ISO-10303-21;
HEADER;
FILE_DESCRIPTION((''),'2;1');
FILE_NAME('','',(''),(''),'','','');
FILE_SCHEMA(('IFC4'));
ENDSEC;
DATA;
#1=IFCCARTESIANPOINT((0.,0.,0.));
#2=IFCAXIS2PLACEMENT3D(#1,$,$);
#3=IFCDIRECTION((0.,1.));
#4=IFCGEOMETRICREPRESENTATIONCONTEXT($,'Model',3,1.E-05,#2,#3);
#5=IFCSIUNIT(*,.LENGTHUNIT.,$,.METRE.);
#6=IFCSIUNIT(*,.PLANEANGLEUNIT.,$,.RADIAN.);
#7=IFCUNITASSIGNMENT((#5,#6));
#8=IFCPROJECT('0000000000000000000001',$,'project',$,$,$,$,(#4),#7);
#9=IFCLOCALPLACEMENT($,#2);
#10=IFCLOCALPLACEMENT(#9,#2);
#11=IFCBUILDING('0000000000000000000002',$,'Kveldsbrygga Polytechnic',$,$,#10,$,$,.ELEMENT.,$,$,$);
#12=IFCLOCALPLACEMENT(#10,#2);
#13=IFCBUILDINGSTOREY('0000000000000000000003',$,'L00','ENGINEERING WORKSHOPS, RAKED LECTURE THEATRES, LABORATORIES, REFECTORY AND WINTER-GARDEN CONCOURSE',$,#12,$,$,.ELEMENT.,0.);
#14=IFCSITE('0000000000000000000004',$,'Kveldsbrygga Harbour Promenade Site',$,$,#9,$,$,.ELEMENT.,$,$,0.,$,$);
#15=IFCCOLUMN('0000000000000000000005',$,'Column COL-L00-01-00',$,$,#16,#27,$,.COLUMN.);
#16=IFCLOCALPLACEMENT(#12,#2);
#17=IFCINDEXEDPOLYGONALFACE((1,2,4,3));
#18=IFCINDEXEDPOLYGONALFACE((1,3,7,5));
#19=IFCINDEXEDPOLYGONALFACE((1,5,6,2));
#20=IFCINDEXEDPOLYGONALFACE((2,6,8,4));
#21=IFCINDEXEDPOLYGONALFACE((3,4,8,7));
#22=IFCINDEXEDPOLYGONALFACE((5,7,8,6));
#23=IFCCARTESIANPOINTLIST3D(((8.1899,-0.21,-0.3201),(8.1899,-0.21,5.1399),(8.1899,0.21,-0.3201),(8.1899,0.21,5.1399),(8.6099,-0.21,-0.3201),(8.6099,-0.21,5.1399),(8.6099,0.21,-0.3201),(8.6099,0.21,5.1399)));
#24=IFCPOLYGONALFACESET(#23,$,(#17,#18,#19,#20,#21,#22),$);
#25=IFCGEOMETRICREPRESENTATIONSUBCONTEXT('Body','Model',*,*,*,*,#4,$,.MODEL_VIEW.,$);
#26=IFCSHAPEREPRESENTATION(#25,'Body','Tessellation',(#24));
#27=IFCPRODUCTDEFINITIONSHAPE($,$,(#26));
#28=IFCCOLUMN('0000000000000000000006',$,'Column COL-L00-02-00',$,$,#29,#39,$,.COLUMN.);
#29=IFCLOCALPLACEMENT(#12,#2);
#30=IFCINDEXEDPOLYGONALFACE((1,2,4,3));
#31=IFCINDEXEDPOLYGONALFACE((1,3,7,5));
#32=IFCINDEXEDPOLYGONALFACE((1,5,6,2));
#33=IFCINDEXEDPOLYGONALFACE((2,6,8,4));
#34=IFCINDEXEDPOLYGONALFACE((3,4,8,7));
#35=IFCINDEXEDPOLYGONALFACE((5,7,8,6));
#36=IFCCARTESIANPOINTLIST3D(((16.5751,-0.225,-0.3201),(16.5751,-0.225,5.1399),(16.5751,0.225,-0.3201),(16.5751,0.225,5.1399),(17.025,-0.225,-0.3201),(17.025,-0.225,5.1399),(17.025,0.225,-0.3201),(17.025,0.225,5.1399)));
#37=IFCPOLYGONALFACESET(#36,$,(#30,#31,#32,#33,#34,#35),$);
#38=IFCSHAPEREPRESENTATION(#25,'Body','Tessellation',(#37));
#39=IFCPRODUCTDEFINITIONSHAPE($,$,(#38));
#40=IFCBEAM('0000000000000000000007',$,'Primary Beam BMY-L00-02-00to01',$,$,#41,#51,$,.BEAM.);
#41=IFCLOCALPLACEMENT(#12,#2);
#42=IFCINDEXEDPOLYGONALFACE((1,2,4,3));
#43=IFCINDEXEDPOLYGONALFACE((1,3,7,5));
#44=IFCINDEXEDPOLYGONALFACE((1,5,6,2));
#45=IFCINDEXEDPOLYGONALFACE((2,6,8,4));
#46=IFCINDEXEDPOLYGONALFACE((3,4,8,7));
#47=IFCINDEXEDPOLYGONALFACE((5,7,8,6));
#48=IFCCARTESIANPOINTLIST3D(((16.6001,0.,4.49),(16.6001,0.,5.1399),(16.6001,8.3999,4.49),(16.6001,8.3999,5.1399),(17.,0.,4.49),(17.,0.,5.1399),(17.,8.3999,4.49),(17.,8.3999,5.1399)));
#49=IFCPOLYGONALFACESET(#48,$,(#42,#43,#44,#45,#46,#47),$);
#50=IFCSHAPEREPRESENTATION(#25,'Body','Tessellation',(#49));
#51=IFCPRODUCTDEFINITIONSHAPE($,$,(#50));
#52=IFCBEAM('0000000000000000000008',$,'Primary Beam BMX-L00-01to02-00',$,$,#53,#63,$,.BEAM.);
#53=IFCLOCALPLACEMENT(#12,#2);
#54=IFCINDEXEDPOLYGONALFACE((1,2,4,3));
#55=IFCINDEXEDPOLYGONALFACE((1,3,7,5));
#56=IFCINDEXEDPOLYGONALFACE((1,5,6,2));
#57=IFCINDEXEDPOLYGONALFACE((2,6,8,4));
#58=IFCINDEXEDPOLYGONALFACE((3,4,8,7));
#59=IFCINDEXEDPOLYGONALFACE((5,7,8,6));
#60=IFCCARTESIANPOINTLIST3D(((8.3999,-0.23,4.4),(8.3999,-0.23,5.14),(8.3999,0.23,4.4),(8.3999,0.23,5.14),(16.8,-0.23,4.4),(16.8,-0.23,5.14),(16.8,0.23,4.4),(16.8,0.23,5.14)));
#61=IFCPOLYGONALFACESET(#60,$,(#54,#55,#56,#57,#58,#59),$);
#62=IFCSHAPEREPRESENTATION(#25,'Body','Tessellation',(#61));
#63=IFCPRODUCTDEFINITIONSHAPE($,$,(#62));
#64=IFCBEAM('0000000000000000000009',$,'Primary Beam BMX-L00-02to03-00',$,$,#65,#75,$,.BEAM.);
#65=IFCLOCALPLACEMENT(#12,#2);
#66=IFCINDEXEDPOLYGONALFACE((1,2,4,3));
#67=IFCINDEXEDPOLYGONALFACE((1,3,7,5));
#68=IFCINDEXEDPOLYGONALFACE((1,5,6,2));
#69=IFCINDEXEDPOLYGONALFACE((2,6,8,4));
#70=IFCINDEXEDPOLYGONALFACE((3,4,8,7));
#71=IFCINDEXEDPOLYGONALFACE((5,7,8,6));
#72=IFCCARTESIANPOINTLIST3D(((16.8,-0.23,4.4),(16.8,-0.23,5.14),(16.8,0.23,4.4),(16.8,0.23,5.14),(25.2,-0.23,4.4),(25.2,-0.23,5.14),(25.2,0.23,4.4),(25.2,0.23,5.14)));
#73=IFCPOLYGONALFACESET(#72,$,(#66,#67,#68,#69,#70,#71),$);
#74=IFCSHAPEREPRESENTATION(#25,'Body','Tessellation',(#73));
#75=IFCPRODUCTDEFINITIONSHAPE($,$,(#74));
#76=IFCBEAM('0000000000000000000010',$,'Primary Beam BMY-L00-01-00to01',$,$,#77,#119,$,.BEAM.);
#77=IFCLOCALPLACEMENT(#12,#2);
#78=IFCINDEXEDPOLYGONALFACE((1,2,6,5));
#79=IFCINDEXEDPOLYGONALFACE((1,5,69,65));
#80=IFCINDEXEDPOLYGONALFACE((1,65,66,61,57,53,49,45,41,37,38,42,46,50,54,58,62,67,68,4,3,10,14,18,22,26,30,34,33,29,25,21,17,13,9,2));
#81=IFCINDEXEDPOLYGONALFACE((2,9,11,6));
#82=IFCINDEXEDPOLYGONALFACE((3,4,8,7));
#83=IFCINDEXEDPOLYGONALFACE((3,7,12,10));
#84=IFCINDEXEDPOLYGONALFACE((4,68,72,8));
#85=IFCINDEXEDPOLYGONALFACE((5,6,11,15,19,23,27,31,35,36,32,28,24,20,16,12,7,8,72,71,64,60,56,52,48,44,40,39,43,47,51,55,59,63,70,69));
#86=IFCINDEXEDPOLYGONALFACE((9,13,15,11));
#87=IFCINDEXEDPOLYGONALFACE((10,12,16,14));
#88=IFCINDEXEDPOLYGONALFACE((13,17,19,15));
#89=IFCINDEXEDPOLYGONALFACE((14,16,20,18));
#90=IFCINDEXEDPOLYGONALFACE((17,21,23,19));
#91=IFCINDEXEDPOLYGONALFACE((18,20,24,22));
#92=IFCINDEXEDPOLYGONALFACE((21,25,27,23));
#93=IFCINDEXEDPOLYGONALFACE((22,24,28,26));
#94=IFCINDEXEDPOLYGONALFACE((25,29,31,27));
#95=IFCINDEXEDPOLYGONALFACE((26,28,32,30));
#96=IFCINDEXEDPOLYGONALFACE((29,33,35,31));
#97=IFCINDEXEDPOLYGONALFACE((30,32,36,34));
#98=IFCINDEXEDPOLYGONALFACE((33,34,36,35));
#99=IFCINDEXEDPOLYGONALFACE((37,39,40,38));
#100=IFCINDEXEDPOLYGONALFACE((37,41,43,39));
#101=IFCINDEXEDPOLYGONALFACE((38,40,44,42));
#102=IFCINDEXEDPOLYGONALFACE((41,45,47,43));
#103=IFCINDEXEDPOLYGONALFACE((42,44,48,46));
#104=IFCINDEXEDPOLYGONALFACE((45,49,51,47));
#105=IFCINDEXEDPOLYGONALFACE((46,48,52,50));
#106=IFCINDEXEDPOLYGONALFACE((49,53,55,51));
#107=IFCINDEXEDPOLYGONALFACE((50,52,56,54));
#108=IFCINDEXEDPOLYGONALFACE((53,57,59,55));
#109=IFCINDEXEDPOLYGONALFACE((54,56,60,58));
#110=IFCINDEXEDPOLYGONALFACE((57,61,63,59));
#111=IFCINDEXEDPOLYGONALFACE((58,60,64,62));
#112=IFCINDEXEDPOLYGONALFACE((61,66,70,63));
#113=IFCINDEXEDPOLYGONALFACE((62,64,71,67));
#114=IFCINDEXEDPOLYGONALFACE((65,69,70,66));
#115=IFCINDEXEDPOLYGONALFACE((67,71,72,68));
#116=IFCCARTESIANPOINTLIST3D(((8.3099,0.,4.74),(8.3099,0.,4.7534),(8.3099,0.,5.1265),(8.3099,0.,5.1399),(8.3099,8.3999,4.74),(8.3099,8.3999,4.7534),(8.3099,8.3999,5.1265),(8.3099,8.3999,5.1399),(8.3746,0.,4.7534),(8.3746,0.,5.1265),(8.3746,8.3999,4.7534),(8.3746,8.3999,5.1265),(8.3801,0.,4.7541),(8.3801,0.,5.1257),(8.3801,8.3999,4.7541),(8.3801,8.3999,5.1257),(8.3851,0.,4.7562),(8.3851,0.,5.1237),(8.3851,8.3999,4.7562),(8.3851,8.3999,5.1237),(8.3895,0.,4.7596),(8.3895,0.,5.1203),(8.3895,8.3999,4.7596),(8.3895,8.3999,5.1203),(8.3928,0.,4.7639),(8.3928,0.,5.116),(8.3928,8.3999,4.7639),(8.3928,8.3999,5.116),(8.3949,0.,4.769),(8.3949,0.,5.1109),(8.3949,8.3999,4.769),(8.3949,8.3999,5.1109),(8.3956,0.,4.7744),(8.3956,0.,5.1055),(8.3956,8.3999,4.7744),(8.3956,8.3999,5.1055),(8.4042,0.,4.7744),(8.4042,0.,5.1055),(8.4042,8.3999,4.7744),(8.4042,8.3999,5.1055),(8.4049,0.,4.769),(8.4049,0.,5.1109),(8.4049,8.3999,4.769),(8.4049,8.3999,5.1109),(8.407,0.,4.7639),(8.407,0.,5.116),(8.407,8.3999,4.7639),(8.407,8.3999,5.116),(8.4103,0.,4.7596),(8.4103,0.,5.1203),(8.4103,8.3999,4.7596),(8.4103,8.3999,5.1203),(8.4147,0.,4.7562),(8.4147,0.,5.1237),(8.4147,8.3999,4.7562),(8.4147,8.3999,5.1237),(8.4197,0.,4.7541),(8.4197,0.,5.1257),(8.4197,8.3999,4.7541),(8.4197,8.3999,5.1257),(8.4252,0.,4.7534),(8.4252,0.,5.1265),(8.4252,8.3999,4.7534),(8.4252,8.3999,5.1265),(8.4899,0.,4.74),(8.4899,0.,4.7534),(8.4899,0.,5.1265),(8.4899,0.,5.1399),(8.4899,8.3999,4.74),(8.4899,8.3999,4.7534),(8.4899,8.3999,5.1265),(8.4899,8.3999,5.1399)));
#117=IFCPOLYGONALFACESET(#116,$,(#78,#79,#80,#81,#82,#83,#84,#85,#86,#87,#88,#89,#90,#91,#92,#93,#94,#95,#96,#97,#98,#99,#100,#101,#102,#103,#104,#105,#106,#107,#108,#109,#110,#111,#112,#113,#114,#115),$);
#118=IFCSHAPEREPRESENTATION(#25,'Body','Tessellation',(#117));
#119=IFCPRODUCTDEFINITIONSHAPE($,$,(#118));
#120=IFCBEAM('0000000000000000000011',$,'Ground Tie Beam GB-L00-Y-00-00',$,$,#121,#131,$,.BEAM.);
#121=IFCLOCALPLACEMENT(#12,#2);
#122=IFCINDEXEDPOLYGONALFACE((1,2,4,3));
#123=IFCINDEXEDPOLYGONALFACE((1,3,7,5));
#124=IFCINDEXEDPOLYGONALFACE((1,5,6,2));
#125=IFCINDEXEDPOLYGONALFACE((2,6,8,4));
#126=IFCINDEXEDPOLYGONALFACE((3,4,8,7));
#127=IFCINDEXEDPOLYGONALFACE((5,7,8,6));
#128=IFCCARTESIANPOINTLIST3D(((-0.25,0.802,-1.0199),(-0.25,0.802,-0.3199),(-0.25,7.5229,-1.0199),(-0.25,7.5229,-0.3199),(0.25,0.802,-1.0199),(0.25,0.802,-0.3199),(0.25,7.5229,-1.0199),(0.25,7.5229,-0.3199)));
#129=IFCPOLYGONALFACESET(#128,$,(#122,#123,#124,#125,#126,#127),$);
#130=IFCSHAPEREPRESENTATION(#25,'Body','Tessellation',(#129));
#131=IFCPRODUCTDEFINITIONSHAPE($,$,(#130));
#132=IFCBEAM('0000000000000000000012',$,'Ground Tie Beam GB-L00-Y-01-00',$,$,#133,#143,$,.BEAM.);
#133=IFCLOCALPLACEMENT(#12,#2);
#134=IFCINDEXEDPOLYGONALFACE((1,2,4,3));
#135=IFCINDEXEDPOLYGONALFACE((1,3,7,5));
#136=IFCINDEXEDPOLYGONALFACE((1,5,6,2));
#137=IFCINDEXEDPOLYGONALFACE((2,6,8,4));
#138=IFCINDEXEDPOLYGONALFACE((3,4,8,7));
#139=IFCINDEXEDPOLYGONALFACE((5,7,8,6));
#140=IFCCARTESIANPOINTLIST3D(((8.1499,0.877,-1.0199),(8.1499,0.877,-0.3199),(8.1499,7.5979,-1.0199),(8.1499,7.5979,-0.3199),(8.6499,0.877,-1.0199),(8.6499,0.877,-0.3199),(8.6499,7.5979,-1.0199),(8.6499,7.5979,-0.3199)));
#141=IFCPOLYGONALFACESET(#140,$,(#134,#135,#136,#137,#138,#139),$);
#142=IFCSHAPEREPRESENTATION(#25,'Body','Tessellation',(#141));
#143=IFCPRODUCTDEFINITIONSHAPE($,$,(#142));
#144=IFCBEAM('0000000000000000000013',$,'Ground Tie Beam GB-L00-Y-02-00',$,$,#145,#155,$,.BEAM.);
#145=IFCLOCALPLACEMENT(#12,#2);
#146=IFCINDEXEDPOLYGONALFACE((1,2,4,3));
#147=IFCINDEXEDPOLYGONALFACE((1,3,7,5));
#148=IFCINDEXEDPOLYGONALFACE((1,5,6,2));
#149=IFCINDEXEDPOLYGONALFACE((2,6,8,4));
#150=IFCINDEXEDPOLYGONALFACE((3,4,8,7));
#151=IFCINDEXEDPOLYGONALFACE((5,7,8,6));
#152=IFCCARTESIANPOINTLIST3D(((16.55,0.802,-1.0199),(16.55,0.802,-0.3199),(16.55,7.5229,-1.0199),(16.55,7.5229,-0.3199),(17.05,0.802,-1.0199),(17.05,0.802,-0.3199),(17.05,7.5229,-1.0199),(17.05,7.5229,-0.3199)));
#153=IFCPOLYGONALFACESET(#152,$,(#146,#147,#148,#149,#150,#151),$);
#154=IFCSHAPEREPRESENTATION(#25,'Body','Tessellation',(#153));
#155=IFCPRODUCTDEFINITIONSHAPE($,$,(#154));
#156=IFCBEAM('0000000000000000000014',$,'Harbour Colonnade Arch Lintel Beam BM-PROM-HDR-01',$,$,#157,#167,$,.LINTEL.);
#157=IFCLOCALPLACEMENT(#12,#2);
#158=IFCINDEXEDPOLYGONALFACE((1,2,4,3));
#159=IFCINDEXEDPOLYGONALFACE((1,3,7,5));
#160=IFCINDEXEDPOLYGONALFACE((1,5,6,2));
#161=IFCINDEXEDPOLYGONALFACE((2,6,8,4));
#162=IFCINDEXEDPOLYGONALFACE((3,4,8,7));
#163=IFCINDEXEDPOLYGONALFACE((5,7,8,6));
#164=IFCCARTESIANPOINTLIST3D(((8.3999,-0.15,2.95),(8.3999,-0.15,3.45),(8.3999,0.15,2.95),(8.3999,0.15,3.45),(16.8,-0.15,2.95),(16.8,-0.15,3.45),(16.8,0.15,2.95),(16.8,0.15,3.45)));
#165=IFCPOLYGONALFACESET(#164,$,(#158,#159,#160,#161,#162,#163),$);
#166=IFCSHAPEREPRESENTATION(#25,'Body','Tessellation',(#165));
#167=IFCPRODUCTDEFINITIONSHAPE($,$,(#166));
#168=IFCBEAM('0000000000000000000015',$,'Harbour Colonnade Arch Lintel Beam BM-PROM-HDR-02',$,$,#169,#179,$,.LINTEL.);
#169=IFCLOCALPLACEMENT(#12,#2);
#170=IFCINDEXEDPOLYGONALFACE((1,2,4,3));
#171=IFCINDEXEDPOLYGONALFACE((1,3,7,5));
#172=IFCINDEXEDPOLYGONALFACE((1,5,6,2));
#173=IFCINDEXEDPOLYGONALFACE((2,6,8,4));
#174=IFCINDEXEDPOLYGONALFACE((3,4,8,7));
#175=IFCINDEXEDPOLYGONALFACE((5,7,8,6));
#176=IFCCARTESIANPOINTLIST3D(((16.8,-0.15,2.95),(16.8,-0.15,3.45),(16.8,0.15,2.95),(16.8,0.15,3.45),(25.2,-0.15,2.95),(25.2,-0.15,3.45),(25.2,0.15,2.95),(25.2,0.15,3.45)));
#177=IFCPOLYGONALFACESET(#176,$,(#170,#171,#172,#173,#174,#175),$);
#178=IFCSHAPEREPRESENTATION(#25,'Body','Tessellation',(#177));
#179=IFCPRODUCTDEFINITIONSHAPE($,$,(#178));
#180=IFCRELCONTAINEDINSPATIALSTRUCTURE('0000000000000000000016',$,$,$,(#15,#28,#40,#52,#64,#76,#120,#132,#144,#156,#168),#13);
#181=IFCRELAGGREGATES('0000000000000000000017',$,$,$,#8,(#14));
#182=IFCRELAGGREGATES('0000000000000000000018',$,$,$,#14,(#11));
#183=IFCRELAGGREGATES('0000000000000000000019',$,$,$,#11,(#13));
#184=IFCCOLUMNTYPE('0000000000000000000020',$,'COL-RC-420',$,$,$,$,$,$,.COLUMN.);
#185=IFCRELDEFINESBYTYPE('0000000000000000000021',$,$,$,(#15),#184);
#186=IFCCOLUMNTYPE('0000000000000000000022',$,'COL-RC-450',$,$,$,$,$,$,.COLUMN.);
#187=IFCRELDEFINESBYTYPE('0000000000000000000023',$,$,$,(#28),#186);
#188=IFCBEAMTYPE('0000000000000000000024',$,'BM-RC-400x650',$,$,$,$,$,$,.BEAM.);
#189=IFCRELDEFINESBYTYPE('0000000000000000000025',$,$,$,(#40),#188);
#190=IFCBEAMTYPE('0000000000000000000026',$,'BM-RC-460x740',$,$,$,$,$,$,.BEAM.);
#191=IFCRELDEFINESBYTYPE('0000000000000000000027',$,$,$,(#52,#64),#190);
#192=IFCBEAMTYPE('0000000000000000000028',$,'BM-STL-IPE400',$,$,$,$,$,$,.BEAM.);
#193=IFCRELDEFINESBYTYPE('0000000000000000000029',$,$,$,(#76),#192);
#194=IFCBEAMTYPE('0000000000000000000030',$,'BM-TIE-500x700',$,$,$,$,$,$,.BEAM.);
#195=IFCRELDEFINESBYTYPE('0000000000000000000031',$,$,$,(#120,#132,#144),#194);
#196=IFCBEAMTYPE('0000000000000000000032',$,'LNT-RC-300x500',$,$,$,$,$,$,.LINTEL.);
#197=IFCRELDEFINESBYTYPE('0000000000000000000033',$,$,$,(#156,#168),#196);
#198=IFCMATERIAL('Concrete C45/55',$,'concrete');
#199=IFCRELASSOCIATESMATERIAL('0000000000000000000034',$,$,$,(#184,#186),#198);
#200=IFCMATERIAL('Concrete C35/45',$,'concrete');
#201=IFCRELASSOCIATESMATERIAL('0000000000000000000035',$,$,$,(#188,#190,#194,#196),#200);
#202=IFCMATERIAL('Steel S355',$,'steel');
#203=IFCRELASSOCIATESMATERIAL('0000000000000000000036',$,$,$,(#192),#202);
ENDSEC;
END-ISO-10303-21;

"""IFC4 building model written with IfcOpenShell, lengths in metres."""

from ifc_helpers import new_model, si_unit, direction, frame, origin, origin_2d, place, context, subcontext, project, spatial, rectangle, i_section, extrude, material, material_profile, profile_set, type_object, element, save


model = new_model("IFC4")

# Units and contexts
model_context = context("Model", 3, precision=1e-05, world=origin(), true_north=direction((0.0, 1.0)))
body_context = subcontext(model_context, "Body", "Model", "MODEL_VIEW")
ifc_project = project(units=[si_unit("LENGTHUNIT", "METRE"), si_unit("PLANEANGLEUNIT", "RADIAN")], contexts=[model_context])

# Site, building, storey
site_placement = place(None, origin())
site = spatial("IfcSite", under=ifc_project, at=site_placement, Name="Kveldsbrygga Harbour Promenade Site", CompositionType="ELEMENT", RefElevation=0.0)
building_placement = place(site_placement, origin())
building = spatial("IfcBuilding", under=site, at=building_placement, Name="Kveldsbrygga Polytechnic", CompositionType="ELEMENT")
storey_placement = place(building_placement, origin())
storey = spatial("IfcBuildingStorey", under=building, at=storey_placement, Name="L00", Description="ENGINEERING WORKSHOPS, RAKED LECTURE THEATRES, LABORATORIES, REFECTORY AND WINTER-GARDEN CONCOURSE", CompositionType="ELEMENT", Elevation=0.0)

# Shared definitions
ifc_material_1 = material(Name="Concrete C45/55", Category="concrete")

# Columns
ifc_material_profile_1 = material_profile(ifc_material_1, rectangle(XDim=0.4199, YDim=0.4199, at=origin_2d()), Name="RC 420x420")
ifc_profile_set_1 = profile_set([ifc_material_profile_1], Name="Concrete C45/55")
column_type_1 = type_object("IfcColumnType", Name="COL-RC-420", PredefinedType="COLUMN", material=ifc_profile_set_1)
column_1_placement = place(storey_placement, frame((8.3999, 0.0, -0.3201), z_axis=(0.0, 0.0, 1.0), x_axis=(1.0, 0.0, 0.0)))
element("IfcColumn", 1, at=column_1_placement, inside=storey, type_object=column_type_1, Name="Column COL-L00-01-00", PredefinedType="COLUMN", context=body_context, shape_type="SweptSolid", body=[
    extrude(rectangle(XDim=0.4199, YDim=0.4199, at=origin_2d()), origin(), (0.0, 0.0, 1.0), 5.46),
])
ifc_material_profile_2 = material_profile(ifc_material_1, rectangle(XDim=0.45, YDim=0.45, at=origin_2d()), Name="RC 450x450")
ifc_profile_set_2 = profile_set([ifc_material_profile_2], Name="Concrete C45/55")
column_type_2 = type_object("IfcColumnType", Name="COL-RC-450", PredefinedType="COLUMN", material=ifc_profile_set_2)
column_2_placement = place(storey_placement, frame((16.8, 0.0, -0.3201), z_axis=(0.0, 0.0, 1.0), x_axis=(1.0, 0.0, 0.0)))
element("IfcColumn", 2, at=column_2_placement, inside=storey, type_object=column_type_2, Name="Column COL-L00-02-00", PredefinedType="COLUMN", context=body_context, shape_type="SweptSolid", body=[
    extrude(rectangle(XDim=0.45, YDim=0.45, at=origin_2d()), origin(), (0.0, 0.0, 1.0), 5.46),
])

# Beams
ifc_material_2 = material(Name="Concrete C35/45", Category="concrete")
ifc_material_profile_3 = material_profile(ifc_material_2, rectangle(XDim=0.3999, YDim=0.6499, at=origin_2d()), Name="RC 400x650")
ifc_profile_set_3 = profile_set([ifc_material_profile_3], Name="Concrete C35/45")
beam_type_1 = type_object("IfcBeamType", Name="BM-RC-400x650", PredefinedType="BEAM", material=ifc_profile_set_3)
beam_1_placement = place(storey_placement, frame((16.8, 0.0, 4.8149), z_axis=(0.0, 1.0, 0.0), x_axis=(-1.0, 0.0, 0.0)))
element("IfcBeam", 3, at=beam_1_placement, inside=storey, type_object=beam_type_1, Name="Primary Beam BMY-L00-02-00to01", PredefinedType="BEAM", context=body_context, shape_type="SweptSolid", body=[
    extrude(rectangle(XDim=0.3999, YDim=0.6499, at=origin_2d()), origin(), (0.0, 0.0, 1.0), 8.3999),
])
ifc_material_profile_4 = material_profile(ifc_material_2, rectangle(XDim=0.46, YDim=0.74, at=origin_2d()), Name="RC 460x740")
ifc_profile_set_4 = profile_set([ifc_material_profile_4], Name="Concrete C35/45")
beam_type_2 = type_object("IfcBeamType", Name="BM-RC-460x740", PredefinedType="BEAM", material=ifc_profile_set_4)
beam_2_placement = place(storey_placement, frame((8.3999, 0.0, 4.77), z_axis=(1.0, 0.0, 0.0), x_axis=(0.0, 1.0, 0.0)))
element("IfcBeam", 4, at=beam_2_placement, inside=storey, type_object=beam_type_2, Name="Primary Beam BMX-L00-01to02-00", PredefinedType="BEAM", context=body_context, shape_type="SweptSolid", body=[
    extrude(rectangle(XDim=0.46, YDim=0.74, at=origin_2d()), origin(), (0.0, 0.0, 1.0), 8.4001),
])
beam_3_placement = place(storey_placement, frame((16.8, 0.0, 4.77), z_axis=(1.0, 0.0, 0.0), x_axis=(0.0, 1.0, 0.0)))
element("IfcBeam", 5, at=beam_3_placement, inside=storey, type_object=beam_type_2, Name="Primary Beam BMX-L00-02to03-00", PredefinedType="BEAM", context=body_context, shape_type="SweptSolid", body=[
    extrude(rectangle(XDim=0.46, YDim=0.74, at=origin_2d()), origin(), (0.0, 0.0, 1.0), 8.3999),
])
ifc_material_3 = material(Name="Steel S355", Category="steel")
ifc_material_profile_5 = material_profile(ifc_material_3, i_section(OverallWidth=0.1799, OverallDepth=0.3999, WebThickness=0.0085, FlangeThickness=0.0134, FilletRadius=0.021, at=origin_2d()), Name="IPE 400")
ifc_profile_set_5 = profile_set([ifc_material_profile_5], Name="Steel S355")
beam_type_3 = type_object("IfcBeamType", Name="BM-STL-IPE400", PredefinedType="BEAM", material=ifc_profile_set_5)
beam_4_placement = place(storey_placement, frame((8.3999, 0.0, 4.9399), z_axis=(0.0, 1.0, 0.0), x_axis=(-1.0, 0.0, 0.0)))
element("IfcBeam", 6, at=beam_4_placement, inside=storey, type_object=beam_type_3, Name="Primary Beam BMY-L00-01-00to01", PredefinedType="BEAM", context=body_context, shape_type="SweptSolid", body=[
    extrude(i_section(OverallWidth=0.1799, OverallDepth=0.3999, WebThickness=0.0085, FlangeThickness=0.0134, FilletRadius=0.021, at=origin_2d()), origin(), (0.0, 0.0, 1.0), 8.3999),
])
ifc_material_profile_6 = material_profile(ifc_material_2, rectangle(XDim=0.5, YDim=0.7, at=origin_2d()), Name="RC 500x700")
ifc_profile_set_6 = profile_set([ifc_material_profile_6], Name="Concrete C35/45")
beam_type_4 = type_object("IfcBeamType", Name="BM-TIE-500x700", PredefinedType="BEAM", material=ifc_profile_set_6)
for number, where, z_axis, x_axis, name in (
    (7, (0.0, 0.802, -0.6699), (0.0, 1.0, 0.0), (-1.0, 0.0, 0.0), "Ground Tie Beam GB-L00-Y-00-00"),
    (8, (8.3999, 0.877, -0.6699), (0.0, 1.0, 0.0), (-1.0, 0.0, 0.0), "Ground Tie Beam GB-L00-Y-01-00"),
    (9, (16.8, 0.802, -0.6699), (0.0, 1.0, 0.0), (-1.0, 0.0, 0.0), "Ground Tie Beam GB-L00-Y-02-00"),
):
    element("IfcBeam", number, at=place(storey_placement, frame(where, z_axis=z_axis, x_axis=x_axis)), inside=storey, type_object=beam_type_4, Name=name, PredefinedType="BEAM", context=body_context, shape_type="SweptSolid", body=[
        extrude(rectangle(XDim=0.5, YDim=0.7, at=origin_2d()), origin(), (0.0, 0.0, 1.0), 6.7209),
    ])
ifc_material_profile_7 = material_profile(ifc_material_2, rectangle(XDim=0.3, YDim=0.5, at=origin_2d()), Name="RC 300x500")
ifc_profile_set_7 = profile_set([ifc_material_profile_7], Name="Concrete C35/45")
beam_type_5 = type_object("IfcBeamType", Name="LNT-RC-300x500", PredefinedType="LINTEL", material=ifc_profile_set_7)
beam_5_placement = place(storey_placement, frame((8.3999, 0.0, 3.2), z_axis=(1.0, 0.0, 0.0), x_axis=(0.0, 1.0, 0.0)))
element("IfcBeam", 10, at=beam_5_placement, inside=storey, type_object=beam_type_5, Name="Harbour Colonnade Arch Lintel Beam BM-PROM-HDR-01", PredefinedType="LINTEL", context=body_context, shape_type="SweptSolid", body=[
    extrude(rectangle(XDim=0.3, YDim=0.5, at=origin_2d()), origin(), (0.0, 0.0, 1.0), 8.4001),
])
beam_6_placement = place(storey_placement, frame((16.8, 0.0, 3.2), z_axis=(1.0, 0.0, 0.0), x_axis=(0.0, 1.0, 0.0)))
element("IfcBeam", 11, at=beam_6_placement, inside=storey, type_object=beam_type_5, Name="Harbour Colonnade Arch Lintel Beam BM-PROM-HDR-02", PredefinedType="LINTEL", context=body_context, shape_type="SweptSolid", body=[
    extrude(rectangle(XDim=0.3, YDim=0.5, at=origin_2d()), origin(), (0.0, 0.0, 1.0), 8.3999),
])

save(model, "model.ifc")
